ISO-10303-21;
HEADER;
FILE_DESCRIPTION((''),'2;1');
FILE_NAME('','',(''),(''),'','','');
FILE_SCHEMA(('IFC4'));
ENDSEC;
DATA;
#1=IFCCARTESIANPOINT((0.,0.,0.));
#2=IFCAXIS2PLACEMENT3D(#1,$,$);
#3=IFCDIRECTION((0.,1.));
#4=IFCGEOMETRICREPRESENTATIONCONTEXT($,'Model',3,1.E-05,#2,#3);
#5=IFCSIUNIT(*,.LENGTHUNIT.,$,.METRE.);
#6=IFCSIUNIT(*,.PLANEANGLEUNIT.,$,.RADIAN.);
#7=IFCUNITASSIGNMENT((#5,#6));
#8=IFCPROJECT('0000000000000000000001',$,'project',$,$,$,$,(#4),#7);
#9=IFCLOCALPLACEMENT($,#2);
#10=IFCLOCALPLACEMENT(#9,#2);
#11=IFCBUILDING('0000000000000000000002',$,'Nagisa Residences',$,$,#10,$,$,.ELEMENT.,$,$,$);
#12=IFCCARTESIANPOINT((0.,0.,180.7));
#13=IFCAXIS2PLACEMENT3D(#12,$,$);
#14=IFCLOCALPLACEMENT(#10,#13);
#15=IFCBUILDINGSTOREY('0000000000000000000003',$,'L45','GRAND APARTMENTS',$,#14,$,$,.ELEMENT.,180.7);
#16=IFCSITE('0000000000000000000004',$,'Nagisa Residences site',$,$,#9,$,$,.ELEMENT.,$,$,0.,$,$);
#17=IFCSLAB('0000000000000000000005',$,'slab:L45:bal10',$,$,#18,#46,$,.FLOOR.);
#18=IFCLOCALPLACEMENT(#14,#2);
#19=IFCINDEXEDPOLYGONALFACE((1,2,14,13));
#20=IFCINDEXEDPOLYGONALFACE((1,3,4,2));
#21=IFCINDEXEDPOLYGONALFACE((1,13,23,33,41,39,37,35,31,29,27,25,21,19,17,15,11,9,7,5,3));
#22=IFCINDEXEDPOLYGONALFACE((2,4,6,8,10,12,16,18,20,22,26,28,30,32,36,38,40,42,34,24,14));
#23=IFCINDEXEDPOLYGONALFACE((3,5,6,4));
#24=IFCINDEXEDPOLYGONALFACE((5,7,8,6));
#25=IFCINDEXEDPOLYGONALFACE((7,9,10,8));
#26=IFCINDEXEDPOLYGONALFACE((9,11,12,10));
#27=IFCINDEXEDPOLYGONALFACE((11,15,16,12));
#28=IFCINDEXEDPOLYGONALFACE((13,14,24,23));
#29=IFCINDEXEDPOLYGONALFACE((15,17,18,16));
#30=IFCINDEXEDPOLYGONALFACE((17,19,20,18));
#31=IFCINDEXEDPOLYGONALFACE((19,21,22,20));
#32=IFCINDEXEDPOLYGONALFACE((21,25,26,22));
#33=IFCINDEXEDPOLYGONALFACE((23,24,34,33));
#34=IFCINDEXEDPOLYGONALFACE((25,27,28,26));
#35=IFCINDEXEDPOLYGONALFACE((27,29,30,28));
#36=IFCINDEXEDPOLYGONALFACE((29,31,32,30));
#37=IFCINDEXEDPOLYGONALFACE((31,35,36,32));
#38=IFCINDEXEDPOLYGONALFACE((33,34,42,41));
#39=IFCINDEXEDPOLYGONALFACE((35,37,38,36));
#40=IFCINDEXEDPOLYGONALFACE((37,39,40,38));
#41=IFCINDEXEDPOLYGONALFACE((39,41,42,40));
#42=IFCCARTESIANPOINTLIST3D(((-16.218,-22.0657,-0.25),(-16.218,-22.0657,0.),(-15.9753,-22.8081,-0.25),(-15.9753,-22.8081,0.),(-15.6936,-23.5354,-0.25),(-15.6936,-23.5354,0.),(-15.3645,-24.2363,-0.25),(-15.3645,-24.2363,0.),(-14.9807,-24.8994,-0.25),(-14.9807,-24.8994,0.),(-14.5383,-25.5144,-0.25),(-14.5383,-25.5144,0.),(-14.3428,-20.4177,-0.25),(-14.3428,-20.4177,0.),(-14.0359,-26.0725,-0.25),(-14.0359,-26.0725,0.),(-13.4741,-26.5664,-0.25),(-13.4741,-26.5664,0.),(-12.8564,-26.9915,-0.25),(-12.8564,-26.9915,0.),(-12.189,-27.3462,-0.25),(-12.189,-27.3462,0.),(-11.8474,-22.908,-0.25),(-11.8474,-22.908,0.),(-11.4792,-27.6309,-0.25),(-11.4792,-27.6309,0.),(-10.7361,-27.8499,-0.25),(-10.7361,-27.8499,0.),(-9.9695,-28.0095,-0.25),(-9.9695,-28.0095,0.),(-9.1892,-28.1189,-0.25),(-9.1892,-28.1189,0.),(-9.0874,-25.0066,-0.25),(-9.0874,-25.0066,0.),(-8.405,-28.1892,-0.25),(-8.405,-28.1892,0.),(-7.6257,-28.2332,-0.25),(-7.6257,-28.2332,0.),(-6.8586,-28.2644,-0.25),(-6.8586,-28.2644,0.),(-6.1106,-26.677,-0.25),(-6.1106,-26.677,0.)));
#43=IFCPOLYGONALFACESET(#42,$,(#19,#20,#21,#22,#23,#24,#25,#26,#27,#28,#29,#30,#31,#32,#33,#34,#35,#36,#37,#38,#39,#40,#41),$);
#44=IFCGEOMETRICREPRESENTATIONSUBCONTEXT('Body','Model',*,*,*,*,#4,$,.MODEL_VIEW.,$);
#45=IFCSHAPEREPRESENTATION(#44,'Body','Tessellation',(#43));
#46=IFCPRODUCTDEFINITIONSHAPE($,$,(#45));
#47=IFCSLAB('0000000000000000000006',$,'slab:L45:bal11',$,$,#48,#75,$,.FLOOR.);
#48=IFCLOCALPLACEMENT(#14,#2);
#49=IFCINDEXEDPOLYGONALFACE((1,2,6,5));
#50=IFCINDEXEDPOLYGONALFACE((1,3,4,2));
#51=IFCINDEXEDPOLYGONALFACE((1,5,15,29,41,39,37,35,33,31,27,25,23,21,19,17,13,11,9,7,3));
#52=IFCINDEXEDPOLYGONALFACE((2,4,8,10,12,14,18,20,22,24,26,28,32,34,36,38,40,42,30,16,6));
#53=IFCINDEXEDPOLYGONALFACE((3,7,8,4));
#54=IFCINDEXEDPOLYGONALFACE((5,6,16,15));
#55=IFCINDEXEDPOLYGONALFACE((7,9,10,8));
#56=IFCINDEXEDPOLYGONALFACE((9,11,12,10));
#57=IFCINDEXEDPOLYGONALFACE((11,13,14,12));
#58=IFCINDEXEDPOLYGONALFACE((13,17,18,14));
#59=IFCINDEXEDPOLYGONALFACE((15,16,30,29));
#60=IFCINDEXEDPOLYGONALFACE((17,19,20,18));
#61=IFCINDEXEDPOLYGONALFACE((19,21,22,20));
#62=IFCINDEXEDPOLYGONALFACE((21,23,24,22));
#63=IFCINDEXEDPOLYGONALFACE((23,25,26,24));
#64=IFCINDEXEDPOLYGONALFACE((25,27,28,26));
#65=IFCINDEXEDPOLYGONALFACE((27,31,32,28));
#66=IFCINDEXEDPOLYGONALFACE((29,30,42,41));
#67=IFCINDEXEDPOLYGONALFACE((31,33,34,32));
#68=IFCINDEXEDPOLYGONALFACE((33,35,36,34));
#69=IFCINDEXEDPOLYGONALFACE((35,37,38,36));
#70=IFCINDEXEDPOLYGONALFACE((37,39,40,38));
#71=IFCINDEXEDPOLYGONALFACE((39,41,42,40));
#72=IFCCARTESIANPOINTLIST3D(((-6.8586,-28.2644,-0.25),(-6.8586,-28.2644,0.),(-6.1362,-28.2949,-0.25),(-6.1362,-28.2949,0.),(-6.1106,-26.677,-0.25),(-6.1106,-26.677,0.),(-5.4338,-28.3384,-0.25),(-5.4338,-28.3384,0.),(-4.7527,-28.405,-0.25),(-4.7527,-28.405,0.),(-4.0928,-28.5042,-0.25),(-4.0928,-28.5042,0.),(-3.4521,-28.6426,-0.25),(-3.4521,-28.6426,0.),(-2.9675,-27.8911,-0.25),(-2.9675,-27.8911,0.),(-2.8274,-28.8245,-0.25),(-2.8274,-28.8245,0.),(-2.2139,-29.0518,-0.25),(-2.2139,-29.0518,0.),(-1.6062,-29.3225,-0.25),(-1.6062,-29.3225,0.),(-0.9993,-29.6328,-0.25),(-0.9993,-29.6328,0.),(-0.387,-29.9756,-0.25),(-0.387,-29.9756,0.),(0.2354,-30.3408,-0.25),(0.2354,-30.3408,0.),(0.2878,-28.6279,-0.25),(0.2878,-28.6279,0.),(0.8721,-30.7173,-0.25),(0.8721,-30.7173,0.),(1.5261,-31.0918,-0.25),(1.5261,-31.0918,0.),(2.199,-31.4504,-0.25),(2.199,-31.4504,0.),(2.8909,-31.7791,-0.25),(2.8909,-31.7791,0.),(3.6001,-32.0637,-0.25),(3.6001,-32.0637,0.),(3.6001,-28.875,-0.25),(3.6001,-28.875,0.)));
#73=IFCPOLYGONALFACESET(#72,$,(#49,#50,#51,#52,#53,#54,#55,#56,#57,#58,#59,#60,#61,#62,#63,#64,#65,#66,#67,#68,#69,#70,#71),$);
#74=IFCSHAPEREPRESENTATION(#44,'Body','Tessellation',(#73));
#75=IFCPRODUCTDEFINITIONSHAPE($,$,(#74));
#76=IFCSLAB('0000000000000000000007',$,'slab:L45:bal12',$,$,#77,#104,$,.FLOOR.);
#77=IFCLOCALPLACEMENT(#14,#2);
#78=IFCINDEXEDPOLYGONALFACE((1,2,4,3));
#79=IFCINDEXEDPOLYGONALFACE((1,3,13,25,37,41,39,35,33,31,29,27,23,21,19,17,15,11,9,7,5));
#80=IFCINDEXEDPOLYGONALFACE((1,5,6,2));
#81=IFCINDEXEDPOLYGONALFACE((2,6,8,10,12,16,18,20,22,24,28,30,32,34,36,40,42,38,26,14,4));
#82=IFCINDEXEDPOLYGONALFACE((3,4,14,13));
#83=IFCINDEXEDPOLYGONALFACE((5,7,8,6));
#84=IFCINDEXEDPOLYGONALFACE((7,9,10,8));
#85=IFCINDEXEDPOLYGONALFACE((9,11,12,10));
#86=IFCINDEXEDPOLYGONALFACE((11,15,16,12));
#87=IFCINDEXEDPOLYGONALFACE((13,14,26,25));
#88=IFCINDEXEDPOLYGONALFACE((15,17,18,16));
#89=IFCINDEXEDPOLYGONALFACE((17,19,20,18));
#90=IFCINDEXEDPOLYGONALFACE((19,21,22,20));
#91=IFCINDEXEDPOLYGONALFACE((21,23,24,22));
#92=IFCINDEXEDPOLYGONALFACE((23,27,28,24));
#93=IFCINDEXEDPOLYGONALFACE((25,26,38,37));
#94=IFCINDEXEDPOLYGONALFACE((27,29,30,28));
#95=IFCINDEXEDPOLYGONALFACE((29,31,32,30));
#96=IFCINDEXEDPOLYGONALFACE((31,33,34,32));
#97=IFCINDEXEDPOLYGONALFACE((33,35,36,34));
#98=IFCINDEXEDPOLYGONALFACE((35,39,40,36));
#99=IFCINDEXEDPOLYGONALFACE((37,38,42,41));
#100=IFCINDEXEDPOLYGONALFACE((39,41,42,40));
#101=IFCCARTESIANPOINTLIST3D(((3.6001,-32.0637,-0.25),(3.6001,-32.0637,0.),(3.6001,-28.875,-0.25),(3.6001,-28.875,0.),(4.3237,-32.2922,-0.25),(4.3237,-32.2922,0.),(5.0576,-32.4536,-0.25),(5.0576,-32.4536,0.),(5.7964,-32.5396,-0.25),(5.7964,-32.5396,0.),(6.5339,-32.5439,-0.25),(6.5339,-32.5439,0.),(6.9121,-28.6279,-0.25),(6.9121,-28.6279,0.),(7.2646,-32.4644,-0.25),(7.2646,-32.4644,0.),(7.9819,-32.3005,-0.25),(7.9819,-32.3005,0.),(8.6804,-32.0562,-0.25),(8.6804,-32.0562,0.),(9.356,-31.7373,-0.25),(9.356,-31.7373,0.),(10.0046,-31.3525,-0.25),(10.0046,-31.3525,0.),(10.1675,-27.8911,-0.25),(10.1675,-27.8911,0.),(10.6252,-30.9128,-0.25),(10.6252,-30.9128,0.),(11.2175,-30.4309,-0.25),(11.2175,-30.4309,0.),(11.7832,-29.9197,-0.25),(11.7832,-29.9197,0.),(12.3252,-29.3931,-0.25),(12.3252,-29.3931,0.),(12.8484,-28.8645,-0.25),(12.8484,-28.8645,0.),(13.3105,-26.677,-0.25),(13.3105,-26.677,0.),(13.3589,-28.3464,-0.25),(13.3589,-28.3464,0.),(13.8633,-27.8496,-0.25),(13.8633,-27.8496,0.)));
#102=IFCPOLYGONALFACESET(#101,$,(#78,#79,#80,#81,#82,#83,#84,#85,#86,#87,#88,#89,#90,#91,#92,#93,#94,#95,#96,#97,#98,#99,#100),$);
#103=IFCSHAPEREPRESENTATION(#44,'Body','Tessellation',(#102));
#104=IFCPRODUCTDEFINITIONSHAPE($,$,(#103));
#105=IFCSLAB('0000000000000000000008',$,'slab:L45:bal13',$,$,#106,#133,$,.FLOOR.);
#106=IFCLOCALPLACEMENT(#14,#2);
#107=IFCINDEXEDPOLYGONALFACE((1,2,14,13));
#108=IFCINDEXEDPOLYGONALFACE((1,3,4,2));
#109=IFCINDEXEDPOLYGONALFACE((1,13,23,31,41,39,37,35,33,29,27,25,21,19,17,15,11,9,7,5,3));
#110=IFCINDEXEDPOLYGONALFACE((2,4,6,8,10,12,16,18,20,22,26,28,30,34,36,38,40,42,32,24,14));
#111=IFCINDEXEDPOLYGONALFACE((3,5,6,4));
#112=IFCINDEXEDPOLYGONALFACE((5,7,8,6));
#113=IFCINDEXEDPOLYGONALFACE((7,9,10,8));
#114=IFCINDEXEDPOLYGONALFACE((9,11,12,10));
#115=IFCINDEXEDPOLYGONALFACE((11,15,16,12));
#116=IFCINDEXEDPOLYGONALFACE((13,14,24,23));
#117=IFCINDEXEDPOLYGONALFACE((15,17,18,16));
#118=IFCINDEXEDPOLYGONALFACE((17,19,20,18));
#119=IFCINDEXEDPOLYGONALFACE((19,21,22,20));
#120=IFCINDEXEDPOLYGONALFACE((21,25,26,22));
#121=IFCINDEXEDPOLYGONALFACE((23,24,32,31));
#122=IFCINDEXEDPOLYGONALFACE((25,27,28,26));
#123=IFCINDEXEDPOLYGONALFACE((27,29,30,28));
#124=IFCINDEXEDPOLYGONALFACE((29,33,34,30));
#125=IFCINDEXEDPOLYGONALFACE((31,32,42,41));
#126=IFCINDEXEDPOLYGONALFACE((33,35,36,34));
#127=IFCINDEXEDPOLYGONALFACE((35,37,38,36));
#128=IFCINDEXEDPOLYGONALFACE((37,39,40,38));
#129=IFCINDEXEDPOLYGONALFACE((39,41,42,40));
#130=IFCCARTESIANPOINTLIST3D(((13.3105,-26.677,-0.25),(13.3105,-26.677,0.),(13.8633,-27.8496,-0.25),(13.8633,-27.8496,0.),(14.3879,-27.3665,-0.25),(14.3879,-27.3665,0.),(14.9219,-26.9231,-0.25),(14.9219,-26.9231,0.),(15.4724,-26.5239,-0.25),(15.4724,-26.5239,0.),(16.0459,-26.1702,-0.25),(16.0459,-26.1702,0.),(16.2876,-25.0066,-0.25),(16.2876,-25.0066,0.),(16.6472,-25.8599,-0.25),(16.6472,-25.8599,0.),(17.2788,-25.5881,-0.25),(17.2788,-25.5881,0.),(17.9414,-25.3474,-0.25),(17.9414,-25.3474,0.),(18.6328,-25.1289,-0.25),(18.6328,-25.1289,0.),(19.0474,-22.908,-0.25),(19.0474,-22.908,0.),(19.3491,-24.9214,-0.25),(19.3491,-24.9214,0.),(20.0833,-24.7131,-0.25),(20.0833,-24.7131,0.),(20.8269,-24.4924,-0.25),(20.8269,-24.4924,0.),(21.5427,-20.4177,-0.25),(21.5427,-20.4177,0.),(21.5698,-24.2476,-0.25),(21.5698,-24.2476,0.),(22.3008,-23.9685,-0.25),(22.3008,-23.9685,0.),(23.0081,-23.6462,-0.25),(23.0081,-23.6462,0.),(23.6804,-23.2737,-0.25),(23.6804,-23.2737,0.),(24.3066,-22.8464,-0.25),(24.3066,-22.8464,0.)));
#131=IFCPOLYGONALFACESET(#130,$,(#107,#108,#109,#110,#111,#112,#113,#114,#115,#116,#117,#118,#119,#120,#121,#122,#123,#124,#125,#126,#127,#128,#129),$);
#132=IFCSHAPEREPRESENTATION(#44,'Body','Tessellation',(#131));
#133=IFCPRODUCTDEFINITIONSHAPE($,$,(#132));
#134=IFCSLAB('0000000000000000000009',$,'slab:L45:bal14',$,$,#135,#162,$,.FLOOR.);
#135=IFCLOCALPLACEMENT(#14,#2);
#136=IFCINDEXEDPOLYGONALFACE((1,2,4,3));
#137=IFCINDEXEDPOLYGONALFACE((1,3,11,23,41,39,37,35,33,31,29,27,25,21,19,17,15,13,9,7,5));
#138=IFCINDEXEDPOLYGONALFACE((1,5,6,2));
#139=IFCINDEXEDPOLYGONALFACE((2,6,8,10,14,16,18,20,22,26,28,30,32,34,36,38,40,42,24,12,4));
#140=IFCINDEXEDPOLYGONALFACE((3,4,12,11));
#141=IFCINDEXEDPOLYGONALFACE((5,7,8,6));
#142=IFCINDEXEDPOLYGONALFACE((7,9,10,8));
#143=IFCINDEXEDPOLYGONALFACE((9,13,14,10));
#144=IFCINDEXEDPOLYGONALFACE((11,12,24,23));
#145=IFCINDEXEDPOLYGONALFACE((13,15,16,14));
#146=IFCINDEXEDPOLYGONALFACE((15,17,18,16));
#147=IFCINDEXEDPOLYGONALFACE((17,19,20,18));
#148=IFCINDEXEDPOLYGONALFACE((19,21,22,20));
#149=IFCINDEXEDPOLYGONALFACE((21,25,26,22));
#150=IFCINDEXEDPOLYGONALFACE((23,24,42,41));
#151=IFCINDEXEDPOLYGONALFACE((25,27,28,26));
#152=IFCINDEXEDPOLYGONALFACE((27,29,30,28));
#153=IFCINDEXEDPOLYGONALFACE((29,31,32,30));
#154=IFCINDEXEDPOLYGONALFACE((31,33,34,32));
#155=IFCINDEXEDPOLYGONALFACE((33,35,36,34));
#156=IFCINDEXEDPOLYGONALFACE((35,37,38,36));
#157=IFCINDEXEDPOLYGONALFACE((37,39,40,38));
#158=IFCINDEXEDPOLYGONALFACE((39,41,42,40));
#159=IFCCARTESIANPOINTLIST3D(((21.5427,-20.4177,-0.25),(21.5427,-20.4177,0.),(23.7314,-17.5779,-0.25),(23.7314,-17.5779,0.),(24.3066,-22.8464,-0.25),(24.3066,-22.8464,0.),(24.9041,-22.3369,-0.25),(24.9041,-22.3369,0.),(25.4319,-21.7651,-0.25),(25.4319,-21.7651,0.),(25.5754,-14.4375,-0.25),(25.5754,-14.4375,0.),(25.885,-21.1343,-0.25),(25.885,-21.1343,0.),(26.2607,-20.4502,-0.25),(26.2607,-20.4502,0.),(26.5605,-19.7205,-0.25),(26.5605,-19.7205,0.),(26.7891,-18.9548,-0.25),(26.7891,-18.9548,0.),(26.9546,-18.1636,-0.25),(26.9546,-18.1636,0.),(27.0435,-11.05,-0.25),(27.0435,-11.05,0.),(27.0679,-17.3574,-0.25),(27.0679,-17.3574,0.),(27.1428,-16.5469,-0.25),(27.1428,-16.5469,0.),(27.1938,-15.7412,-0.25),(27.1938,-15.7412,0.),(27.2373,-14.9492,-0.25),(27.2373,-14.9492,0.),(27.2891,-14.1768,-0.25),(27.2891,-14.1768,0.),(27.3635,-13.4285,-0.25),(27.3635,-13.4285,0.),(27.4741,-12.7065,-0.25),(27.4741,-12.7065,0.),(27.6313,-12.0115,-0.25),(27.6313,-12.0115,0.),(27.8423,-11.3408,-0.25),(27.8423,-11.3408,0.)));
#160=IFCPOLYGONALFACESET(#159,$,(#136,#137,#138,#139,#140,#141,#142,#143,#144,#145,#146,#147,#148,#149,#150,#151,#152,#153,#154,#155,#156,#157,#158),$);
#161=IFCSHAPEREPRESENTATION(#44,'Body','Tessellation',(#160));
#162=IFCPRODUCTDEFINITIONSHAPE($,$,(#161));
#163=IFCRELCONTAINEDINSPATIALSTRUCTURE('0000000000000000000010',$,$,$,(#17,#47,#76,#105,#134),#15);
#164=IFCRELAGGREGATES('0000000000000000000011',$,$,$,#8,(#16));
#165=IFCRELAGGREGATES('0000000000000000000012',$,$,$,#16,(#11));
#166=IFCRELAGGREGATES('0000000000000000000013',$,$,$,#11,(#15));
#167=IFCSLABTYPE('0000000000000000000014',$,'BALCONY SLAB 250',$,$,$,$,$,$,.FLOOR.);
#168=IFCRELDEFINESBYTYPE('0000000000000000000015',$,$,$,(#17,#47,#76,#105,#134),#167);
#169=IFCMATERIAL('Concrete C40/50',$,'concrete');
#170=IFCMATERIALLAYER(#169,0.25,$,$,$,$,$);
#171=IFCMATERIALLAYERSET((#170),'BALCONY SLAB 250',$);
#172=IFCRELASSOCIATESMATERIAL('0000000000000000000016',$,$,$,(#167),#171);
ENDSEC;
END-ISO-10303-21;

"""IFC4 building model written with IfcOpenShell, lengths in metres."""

from ifc_helpers import new_model, si_unit, direction, frame, origin, place, context, subcontext, project, spatial, polyline, outline, extrude, material, layer, layer_set, type_object, element, save


model = new_model("IFC4")

# Units and contexts
model_context = context("Model", 3, precision=1e-05, world=origin(), true_north=direction((0.0, 1.0)))
body_context = subcontext(model_context, "Body", "Model", "MODEL_VIEW")
ifc_project = project(units=[si_unit("LENGTHUNIT", "METRE"), si_unit("PLANEANGLEUNIT", "RADIAN")], contexts=[model_context])

# Site, building, storey
site_placement = place(None, origin())
site = spatial("IfcSite", under=ifc_project, at=site_placement, Name="Nagisa Residences site", CompositionType="ELEMENT", RefElevation=0.0)
building_placement = place(site_placement, origin())
building = spatial("IfcBuilding", under=site, at=building_placement, Name="Nagisa Residences", CompositionType="ELEMENT")
storey_placement = place(building_placement, frame((0.0, 0.0, 180.7)))
storey = spatial("IfcBuildingStorey", under=building, at=storey_placement, Name="L45", Description="GRAND APARTMENTS", CompositionType="ELEMENT", Elevation=180.7)

# Slabs
ifc_material_1 = material(Name="Concrete C40/50", Category="concrete")
ifc_layer_1 = layer(ifc_material_1, 0.25)
ifc_layer_set_1 = layer_set([ifc_layer_1], Name="BALCONY SLAB 250")
slab_type = type_object("IfcSlabType", Name="BALCONY SLAB 250", PredefinedType="FLOOR", material=ifc_layer_set_1)
slab_1_placement = place(storey_placement, frame((0.0, 0.0, -0.25)))
element("IfcSlab", 1, at=slab_1_placement, inside=storey, type_object=slab_type, Name="slab:L45:bal10", PredefinedType="FLOOR", context=body_context, shape_type="SweptSolid", body=[
    extrude(outline(polyline([(-16.218, -22.0657), (-15.9753, -22.8081), (-15.6936, -23.5354), (-15.3645, -24.2363), (-14.9807, -24.8994), (-14.5383, -25.5144), (-14.0359, -26.0725), (-13.4741, -26.5664), (-12.8564, -26.9915), (-12.189, -27.3462), (-11.4792, -27.6309), (-10.7361, -27.8499), (-9.9695, -28.0095), (-9.1892, -28.1189), (-8.405, -28.1892), (-7.6257, -28.2332), (-6.8586, -28.2644), (-6.1106, -26.677), (-9.0874, -25.0066), (-11.8474, -22.908), (-14.3428, -20.4177), (-16.218, -22.0657)])), origin(), (0.0, 0.0, 1.0), 0.25),
])
slab_2_placement = place(storey_placement, frame((0.0, 0.0, -0.25)))
element("IfcSlab", 2, at=slab_2_placement, inside=storey, type_object=slab_type, Name="slab:L45:bal11", PredefinedType="FLOOR", context=body_context, shape_type="SweptSolid", body=[
    extrude(outline(polyline([(-6.8586, -28.2644), (-6.1362, -28.2949), (-5.4338, -28.3384), (-4.7527, -28.405), (-4.0928, -28.5042), (-3.4521, -28.6426), (-2.8274, -28.8245), (-2.2139, -29.0518), (-1.6062, -29.3225), (-0.9993, -29.6328), (-0.387, -29.9756), (0.2354, -30.3408), (0.8721, -30.7173), (1.5261, -31.0918), (2.199, -31.4504), (2.8909, -31.7791), (3.6001, -32.0637), (3.6001, -28.875), (0.2878, -28.6279), (-2.9675, -27.8911), (-6.1106, -26.677), (-6.8586, -28.2644)])), origin(), (0.0, 0.0, 1.0), 0.25),
])
slab_3_placement = place(storey_placement, frame((0.0, 0.0, -0.25)))
element("IfcSlab", 3, at=slab_3_placement, inside=storey, type_object=slab_type, Name="slab:L45:bal12", PredefinedType="FLOOR", context=body_context, shape_type="SweptSolid", body=[
    extrude(outline(polyline([(3.6001, -32.0637), (4.3237, -32.2922), (5.0576, -32.4536), (5.7964, -32.5396), (6.5339, -32.5439), (7.2646, -32.4644), (7.9819, -32.3005), (8.6804, -32.0562), (9.356, -31.7373), (10.0046, -31.3525), (10.6252, -30.9128), (11.2175, -30.4309), (11.7832, -29.9197), (12.3252, -29.3931), (12.8484, -28.8645), (13.3589, -28.3464), (13.8633, -27.8496), (13.3105, -26.677), (10.1675, -27.8911), (6.9121, -28.6279), (3.6001, -28.875), (3.6001, -32.0637)])), origin(), (0.0, 0.0, 1.0), 0.25),
])
slab_4_placement = place(storey_placement, frame((0.0, 0.0, -0.25)))
element("IfcSlab", 4, at=slab_4_placement, inside=storey, type_object=slab_type, Name="slab:L45:bal13", PredefinedType="FLOOR", context=body_context, shape_type="SweptSolid", body=[
    extrude(outline(polyline([(13.8633, -27.8496), (14.3879, -27.3665), (14.9219, -26.9231), (15.4724, -26.5239), (16.0459, -26.1702), (16.6472, -25.8599), (17.2788, -25.5881), (17.9414, -25.3474), (18.6328, -25.1289), (19.3491, -24.9214), (20.0833, -24.7131), (20.8269, -24.4924), (21.5698, -24.2476), (22.3008, -23.9685), (23.0081, -23.6462), (23.6804, -23.2737), (24.3066, -22.8464), (21.5427, -20.4177), (19.0474, -22.908), (16.2876, -25.0066), (13.3105, -26.677), (13.8633, -27.8496)])), origin(), (0.0, 0.0, 1.0), 0.25),
])
slab_5_placement = place(storey_placement, frame((0.0, 0.0, -0.25)))
element("IfcSlab", 5, at=slab_5_placement, inside=storey, type_object=slab_type, Name="slab:L45:bal14", PredefinedType="FLOOR", context=body_context, shape_type="SweptSolid", body=[
    extrude(outline(polyline([(24.3066, -22.8464), (24.9041, -22.3369), (25.4319, -21.7651), (25.885, -21.1343), (26.2607, -20.4502), (26.5605, -19.7205), (26.7891, -18.9548), (26.9546, -18.1636), (27.0679, -17.3574), (27.1428, -16.5469), (27.1938, -15.7412), (27.2373, -14.9492), (27.2891, -14.1768), (27.3635, -13.4285), (27.4741, -12.7065), (27.6313, -12.0115), (27.8423, -11.3408), (27.0435, -11.05), (25.5754, -14.4375), (23.7314, -17.5779), (21.5427, -20.4177), (24.3066, -22.8464)])), origin(), (0.0, 0.0, 1.0), 0.25),
])

save(model, "model.ifc")
